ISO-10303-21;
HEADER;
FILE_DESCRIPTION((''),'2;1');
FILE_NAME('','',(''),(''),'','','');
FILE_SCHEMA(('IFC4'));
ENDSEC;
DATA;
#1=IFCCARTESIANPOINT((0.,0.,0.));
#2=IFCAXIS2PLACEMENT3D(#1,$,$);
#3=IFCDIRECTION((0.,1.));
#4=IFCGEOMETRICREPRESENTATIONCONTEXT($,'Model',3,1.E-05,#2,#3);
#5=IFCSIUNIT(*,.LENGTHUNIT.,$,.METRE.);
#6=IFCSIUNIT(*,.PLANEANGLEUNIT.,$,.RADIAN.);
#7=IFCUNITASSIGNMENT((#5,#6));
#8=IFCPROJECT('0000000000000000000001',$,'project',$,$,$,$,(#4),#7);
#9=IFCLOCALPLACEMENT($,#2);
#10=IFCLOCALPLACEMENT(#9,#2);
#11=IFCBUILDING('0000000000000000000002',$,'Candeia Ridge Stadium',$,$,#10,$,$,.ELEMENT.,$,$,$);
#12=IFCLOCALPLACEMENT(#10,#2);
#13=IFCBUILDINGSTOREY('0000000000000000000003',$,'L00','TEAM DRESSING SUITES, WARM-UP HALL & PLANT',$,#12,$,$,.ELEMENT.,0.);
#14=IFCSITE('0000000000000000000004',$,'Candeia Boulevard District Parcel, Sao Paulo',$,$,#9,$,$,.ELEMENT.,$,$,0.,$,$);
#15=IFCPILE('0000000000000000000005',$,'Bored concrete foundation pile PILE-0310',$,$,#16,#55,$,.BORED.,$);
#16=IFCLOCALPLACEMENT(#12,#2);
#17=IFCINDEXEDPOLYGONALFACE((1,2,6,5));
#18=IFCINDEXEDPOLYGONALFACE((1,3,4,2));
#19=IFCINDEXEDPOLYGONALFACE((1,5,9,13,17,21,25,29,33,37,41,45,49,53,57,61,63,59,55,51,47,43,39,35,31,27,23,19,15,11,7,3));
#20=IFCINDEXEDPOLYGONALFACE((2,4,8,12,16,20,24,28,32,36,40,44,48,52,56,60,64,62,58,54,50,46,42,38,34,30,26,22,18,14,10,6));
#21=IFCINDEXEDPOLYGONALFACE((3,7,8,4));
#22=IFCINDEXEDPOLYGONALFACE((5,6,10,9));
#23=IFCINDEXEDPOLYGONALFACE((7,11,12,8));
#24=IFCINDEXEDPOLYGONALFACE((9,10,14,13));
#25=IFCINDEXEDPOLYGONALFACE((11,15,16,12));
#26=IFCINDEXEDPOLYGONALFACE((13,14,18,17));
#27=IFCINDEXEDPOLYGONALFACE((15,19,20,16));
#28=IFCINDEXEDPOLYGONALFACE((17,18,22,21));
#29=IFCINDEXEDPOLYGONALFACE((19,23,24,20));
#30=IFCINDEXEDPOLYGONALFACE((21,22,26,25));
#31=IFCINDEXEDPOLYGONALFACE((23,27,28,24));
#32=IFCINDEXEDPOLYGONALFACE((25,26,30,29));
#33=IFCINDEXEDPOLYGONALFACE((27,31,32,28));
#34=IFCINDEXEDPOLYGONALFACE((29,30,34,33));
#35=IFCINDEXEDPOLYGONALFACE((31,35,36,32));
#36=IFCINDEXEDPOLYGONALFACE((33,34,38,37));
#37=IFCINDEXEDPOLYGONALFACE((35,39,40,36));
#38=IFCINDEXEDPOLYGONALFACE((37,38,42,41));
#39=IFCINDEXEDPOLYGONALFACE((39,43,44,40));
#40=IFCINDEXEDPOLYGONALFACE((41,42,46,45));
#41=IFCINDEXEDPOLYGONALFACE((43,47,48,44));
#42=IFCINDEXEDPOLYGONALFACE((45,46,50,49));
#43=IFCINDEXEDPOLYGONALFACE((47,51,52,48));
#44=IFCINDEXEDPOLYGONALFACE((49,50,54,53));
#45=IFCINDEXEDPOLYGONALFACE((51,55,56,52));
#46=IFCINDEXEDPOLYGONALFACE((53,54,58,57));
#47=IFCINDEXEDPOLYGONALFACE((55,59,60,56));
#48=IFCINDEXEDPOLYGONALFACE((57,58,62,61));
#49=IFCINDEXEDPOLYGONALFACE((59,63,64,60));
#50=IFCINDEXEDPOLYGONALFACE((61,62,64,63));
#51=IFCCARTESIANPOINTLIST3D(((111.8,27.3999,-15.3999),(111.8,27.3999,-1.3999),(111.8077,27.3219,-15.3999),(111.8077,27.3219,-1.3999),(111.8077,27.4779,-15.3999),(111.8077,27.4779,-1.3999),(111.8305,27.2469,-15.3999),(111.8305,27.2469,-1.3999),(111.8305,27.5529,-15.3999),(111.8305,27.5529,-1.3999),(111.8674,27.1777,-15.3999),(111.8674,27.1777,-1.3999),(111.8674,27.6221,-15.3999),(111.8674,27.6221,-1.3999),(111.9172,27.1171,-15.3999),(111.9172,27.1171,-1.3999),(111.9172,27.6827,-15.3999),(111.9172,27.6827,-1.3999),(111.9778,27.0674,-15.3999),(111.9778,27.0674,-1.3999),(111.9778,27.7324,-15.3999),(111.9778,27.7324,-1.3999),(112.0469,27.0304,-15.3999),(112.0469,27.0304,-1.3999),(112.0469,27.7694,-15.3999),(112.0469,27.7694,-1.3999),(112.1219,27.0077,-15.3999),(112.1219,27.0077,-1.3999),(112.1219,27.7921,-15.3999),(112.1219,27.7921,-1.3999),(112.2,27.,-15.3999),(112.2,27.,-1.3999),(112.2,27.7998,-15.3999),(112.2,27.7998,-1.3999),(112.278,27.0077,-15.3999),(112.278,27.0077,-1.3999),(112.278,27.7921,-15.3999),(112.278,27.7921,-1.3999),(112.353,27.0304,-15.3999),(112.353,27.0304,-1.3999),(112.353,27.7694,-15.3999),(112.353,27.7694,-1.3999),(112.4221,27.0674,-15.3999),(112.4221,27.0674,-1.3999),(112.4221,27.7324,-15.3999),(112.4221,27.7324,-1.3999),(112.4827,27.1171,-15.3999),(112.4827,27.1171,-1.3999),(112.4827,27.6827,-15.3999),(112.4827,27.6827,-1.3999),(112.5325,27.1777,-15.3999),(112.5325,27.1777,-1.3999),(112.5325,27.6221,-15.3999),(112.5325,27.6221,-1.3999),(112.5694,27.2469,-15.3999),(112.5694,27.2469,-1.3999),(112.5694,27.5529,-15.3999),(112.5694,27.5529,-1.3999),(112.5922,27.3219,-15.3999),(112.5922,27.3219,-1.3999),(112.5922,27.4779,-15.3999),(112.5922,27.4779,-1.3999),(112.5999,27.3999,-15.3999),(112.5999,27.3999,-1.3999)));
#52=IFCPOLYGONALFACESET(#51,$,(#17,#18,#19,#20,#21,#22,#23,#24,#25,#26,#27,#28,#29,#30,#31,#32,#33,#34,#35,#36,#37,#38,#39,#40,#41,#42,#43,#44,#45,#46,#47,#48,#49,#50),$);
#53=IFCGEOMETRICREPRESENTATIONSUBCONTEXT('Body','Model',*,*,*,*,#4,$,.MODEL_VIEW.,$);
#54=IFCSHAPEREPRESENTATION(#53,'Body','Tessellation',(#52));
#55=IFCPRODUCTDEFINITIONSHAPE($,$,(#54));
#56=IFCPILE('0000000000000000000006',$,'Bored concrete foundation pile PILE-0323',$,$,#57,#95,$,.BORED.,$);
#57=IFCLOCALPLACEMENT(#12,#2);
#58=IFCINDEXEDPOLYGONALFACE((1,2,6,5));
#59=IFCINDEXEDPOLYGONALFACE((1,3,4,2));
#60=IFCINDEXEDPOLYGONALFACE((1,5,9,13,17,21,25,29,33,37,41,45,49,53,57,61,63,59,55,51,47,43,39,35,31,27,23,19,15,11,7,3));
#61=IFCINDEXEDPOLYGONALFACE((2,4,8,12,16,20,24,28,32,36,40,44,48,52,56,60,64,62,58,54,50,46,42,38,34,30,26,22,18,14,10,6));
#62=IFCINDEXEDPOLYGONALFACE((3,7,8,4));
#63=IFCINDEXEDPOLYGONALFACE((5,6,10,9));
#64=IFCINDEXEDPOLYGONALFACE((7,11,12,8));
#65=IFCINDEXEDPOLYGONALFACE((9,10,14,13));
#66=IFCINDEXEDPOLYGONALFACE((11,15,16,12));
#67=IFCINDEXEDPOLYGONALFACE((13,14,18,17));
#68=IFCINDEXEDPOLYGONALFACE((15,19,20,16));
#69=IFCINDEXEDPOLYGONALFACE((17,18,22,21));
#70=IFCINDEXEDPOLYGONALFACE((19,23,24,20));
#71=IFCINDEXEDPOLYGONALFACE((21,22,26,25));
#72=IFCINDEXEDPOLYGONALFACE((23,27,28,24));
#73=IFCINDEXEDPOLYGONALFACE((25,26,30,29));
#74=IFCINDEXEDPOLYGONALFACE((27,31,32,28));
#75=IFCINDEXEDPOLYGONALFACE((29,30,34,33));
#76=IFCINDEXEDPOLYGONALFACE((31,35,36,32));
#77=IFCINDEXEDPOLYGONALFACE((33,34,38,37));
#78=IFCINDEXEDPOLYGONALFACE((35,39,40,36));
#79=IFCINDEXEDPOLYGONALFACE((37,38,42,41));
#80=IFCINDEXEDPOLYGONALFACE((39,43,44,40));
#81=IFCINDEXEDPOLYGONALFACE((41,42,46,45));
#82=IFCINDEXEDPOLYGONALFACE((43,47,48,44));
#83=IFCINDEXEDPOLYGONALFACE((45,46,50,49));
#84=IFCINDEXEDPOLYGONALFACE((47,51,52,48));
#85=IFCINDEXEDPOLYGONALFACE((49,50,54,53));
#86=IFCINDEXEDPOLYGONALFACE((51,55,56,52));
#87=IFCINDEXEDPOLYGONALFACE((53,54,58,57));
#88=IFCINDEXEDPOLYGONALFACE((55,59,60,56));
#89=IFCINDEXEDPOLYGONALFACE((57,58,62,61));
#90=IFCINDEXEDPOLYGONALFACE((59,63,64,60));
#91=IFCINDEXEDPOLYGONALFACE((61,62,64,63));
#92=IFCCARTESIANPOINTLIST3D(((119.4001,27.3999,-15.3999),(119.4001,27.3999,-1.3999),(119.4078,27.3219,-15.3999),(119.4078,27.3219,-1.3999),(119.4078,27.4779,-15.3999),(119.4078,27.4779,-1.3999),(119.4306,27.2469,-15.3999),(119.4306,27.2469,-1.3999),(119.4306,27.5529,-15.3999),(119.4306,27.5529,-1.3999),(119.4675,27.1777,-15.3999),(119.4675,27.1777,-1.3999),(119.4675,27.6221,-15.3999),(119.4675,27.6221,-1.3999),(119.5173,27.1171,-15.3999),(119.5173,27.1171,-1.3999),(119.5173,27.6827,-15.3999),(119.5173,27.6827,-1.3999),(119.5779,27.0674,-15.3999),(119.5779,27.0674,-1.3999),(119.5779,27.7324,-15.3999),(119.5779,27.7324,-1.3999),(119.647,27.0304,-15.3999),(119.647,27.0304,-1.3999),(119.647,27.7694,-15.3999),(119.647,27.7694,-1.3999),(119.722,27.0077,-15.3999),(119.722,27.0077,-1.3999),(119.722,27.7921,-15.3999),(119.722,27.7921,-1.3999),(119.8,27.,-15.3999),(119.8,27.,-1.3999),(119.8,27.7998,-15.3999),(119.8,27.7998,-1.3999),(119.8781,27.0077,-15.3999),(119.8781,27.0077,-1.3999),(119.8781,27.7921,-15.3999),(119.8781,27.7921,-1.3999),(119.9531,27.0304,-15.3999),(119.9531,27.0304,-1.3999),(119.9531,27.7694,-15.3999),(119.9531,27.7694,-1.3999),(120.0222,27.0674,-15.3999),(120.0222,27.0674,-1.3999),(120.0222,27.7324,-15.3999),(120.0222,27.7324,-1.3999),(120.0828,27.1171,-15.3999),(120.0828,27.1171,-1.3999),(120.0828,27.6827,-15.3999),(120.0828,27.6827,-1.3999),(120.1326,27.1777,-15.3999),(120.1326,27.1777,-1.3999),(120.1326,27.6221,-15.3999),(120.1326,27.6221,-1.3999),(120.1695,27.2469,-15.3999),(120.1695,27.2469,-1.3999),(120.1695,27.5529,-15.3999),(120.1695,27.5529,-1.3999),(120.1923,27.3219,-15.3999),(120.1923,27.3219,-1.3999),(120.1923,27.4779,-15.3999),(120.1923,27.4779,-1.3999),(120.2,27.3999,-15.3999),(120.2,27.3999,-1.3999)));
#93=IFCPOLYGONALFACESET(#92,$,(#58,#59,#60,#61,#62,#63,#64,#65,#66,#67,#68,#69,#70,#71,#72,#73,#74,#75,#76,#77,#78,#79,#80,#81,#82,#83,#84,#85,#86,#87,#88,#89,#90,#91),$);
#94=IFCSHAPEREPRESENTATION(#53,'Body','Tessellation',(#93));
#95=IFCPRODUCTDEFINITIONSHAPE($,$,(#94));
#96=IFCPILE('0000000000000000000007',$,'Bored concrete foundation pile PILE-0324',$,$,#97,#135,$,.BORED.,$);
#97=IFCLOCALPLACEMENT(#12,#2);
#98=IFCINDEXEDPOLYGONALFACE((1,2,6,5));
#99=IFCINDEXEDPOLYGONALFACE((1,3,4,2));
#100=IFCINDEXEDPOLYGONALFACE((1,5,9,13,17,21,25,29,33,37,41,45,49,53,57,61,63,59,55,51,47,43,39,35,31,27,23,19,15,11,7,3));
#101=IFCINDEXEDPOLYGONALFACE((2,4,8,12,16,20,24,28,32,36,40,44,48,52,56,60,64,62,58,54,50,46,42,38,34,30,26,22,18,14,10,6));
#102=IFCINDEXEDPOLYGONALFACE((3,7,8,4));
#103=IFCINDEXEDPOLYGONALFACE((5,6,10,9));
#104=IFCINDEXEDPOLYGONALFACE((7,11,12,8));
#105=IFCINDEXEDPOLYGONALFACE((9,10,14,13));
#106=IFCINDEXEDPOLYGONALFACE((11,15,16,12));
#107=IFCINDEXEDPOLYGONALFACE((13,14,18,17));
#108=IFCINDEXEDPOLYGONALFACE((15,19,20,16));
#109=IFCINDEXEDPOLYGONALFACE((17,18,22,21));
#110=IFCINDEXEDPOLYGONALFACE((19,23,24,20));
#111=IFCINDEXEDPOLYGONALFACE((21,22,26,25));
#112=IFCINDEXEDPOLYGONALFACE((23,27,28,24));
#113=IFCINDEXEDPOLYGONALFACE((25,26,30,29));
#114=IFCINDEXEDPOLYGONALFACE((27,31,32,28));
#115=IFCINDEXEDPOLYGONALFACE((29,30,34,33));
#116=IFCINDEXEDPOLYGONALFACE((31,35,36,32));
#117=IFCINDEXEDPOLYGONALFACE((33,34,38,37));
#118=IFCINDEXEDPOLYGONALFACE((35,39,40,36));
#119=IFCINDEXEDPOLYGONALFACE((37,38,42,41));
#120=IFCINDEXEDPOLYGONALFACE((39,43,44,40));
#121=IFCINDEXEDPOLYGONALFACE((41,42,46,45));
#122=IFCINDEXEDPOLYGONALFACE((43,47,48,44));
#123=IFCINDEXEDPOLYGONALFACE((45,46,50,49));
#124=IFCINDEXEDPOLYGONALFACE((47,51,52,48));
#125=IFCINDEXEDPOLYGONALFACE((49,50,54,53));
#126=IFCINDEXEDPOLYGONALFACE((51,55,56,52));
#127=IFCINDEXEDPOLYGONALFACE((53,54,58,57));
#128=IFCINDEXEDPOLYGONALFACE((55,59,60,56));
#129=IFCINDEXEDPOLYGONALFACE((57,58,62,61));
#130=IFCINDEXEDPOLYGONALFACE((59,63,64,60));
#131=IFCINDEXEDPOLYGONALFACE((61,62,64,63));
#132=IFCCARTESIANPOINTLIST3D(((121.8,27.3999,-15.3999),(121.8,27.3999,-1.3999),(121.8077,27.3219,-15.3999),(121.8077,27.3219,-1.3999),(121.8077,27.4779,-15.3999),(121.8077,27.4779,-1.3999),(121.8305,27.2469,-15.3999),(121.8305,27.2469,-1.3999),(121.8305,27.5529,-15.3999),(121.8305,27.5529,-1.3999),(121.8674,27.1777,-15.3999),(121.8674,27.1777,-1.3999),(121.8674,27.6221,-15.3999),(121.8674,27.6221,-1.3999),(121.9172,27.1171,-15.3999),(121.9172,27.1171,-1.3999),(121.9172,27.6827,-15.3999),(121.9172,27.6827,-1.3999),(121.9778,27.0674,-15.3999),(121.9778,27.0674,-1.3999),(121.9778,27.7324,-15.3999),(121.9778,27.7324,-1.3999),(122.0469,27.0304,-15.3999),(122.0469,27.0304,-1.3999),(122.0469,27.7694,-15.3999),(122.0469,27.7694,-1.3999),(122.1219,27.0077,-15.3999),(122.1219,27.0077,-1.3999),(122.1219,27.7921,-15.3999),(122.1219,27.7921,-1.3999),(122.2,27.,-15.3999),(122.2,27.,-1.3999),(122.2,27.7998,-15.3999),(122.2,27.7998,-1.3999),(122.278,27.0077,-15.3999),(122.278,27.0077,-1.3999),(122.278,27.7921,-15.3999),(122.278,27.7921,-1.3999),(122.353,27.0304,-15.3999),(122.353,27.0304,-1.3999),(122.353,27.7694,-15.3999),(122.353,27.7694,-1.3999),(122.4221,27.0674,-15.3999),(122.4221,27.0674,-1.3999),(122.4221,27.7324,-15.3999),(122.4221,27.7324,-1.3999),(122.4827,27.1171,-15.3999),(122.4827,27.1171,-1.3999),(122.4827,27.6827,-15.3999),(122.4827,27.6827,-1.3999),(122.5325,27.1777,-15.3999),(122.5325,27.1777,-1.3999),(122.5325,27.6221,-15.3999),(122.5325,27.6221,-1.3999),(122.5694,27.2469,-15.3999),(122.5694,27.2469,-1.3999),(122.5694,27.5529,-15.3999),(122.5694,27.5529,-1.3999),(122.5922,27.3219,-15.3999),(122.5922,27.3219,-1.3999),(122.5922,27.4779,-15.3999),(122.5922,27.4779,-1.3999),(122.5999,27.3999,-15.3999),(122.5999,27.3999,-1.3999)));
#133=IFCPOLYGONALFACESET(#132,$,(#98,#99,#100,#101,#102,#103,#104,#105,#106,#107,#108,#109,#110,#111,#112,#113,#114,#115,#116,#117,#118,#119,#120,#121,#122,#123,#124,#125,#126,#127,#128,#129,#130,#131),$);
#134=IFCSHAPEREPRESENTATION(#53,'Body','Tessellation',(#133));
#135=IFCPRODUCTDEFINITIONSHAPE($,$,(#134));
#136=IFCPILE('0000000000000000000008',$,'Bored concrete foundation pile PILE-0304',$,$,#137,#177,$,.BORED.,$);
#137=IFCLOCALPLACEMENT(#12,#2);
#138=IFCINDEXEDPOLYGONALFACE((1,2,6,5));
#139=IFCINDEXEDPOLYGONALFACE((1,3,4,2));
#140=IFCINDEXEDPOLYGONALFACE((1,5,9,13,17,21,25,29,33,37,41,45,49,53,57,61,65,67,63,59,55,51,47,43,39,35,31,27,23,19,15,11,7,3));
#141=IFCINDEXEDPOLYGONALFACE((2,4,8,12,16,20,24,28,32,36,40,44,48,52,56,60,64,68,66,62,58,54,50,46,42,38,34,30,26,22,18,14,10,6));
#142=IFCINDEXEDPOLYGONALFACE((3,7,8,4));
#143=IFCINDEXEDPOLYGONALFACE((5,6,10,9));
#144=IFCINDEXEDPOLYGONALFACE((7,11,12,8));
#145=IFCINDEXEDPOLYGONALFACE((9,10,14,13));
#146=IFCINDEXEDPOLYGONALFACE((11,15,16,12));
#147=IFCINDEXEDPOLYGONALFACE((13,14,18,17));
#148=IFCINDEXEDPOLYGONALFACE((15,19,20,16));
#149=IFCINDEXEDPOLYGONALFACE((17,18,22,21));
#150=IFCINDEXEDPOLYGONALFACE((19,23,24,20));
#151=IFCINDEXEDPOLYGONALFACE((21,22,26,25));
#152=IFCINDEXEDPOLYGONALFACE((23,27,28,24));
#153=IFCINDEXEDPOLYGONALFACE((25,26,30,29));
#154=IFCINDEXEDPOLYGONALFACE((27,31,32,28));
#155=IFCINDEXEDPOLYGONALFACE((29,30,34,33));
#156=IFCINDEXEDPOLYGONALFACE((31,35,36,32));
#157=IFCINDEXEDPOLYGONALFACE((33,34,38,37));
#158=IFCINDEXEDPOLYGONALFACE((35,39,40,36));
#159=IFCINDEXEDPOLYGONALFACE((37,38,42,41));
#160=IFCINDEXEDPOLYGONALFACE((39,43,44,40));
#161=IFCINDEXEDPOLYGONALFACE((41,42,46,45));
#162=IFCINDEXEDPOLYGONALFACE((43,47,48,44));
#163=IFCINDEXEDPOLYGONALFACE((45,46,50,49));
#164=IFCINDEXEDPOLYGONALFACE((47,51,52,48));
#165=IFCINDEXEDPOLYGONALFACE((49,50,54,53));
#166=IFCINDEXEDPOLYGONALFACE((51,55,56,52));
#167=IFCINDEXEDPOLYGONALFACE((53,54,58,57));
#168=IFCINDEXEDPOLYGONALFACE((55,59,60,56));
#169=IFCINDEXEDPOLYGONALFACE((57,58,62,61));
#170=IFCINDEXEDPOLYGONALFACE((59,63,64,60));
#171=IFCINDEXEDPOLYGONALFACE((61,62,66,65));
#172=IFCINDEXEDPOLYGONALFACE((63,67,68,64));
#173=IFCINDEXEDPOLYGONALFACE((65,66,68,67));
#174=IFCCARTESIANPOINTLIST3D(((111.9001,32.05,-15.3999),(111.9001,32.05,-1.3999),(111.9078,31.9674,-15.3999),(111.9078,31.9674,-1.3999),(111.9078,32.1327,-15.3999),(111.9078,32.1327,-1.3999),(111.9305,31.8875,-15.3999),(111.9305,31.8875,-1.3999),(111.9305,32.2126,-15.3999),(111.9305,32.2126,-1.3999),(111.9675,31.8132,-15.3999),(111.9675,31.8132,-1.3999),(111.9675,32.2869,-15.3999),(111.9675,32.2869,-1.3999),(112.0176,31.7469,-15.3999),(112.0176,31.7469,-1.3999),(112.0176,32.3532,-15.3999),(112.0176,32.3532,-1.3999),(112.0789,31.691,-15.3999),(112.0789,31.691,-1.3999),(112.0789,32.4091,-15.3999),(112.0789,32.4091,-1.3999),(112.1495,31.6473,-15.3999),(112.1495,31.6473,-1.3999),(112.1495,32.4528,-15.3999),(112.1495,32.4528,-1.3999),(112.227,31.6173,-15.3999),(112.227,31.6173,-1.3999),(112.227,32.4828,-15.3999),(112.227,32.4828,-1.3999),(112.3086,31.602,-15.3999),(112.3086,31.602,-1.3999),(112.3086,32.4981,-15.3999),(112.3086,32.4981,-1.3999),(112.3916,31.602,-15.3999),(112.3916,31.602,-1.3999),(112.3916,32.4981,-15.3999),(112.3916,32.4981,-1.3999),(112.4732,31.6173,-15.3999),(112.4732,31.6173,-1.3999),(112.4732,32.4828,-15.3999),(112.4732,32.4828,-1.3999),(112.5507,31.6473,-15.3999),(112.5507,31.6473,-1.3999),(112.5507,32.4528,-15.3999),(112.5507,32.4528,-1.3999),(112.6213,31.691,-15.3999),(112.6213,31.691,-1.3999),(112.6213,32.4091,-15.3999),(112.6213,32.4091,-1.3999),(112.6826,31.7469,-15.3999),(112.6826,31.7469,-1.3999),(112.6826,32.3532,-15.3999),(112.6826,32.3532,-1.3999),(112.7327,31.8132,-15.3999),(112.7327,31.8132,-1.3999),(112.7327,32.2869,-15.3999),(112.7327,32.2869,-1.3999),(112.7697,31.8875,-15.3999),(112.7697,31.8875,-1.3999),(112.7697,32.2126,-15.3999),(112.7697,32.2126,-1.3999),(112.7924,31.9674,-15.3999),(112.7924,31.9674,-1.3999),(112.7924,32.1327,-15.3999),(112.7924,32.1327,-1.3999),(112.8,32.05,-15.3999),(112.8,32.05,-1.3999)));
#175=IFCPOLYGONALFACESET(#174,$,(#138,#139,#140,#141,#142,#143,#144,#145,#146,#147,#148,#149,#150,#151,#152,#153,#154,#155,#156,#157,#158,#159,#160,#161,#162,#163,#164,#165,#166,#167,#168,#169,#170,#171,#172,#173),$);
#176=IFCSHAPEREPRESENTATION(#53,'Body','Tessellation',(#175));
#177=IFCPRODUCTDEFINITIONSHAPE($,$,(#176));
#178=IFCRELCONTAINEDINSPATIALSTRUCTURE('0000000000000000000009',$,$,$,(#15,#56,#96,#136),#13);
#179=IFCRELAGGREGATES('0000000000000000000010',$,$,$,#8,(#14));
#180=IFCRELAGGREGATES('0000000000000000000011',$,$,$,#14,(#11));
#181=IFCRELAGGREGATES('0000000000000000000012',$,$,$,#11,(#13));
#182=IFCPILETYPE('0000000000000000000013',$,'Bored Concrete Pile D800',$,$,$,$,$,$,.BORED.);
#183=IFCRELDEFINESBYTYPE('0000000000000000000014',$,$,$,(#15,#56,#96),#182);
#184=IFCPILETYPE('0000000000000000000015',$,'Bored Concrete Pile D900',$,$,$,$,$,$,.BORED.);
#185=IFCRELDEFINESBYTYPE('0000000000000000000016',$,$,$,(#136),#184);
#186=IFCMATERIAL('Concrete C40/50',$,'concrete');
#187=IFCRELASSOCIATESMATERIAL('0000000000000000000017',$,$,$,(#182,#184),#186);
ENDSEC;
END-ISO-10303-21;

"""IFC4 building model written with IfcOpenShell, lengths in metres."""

from ifc_helpers import new_model, si_unit, direction, frame, origin, origin_2d, place, context, subcontext, project, spatial, circle, extrude, material, material_profile, profile_set, type_object, element, save


model = new_model("IFC4")

# Units and contexts
model_context = context("Model", 3, precision=1e-05, world=origin(), true_north=direction((0.0, 1.0)))
body_context = subcontext(model_context, "Body", "Model", "MODEL_VIEW")
ifc_project = project(units=[si_unit("LENGTHUNIT", "METRE"), si_unit("PLANEANGLEUNIT", "RADIAN")], contexts=[model_context])

# Site, building, storey
site_placement = place(None, origin())
site = spatial("IfcSite", under=ifc_project, at=site_placement, Name="Candeia Boulevard District Parcel, Sao Paulo", CompositionType="ELEMENT", RefElevation=0.0)
building_placement = place(site_placement, origin())
building = spatial("IfcBuilding", under=site, at=building_placement, Name="Candeia Ridge Stadium", CompositionType="ELEMENT")
storey_placement = place(building_placement, origin())
storey = spatial("IfcBuildingStorey", under=building, at=storey_placement, Name="L00", Description="TEAM DRESSING SUITES, WARM-UP HALL & PLANT", CompositionType="ELEMENT", Elevation=0.0)

# Piles
ifc_material_1 = material(Name="Concrete C40/50", Category="concrete")
ifc_material_profile_1 = material_profile(ifc_material_1, circle(Radius=0.3999, at=origin_2d()), Name="PILE-D800", Category="concrete")
ifc_profile_set_1 = profile_set([ifc_material_profile_1], Name="Concrete C40/50")
pile_type_1 = type_object("IfcPileType", Name="Bored Concrete Pile D800", PredefinedType="BORED", material=ifc_profile_set_1)
for number, where, z_axis, x_axis, name in (
    (1, (112.2, 27.3999, -1.3999), (0.0, 0.0, -1.0), (1.0, 0.0, 0.0), "Bored concrete foundation pile PILE-0310"),
    (2, (119.8, 27.3999, -1.3999), (0.0, 0.0, -1.0), (1.0, 0.0, 0.0), "Bored concrete foundation pile PILE-0323"),
    (3, (122.2, 27.3999, -1.3999), (0.0, 0.0, -1.0), (1.0, 0.0, 0.0), "Bored concrete foundation pile PILE-0324"),
):
    element("IfcPile", number, at=place(storey_placement, frame(where, z_axis=z_axis, x_axis=x_axis)), inside=storey, type_object=pile_type_1, Name=name, PredefinedType="BORED", context=body_context, shape_type="SweptSolid", body=[
        extrude(circle(Radius=0.3999, at=origin_2d()), origin(), (0.0, 0.0, 1.0), 14.0),
    ])
ifc_material_profile_2 = material_profile(ifc_material_1, circle(Radius=0.45, at=origin_2d()), Name="PILE-D900", Category="concrete")
ifc_profile_set_2 = profile_set([ifc_material_profile_2], Name="Concrete C40/50")
pile_type_2 = type_object("IfcPileType", Name="Bored Concrete Pile D900", PredefinedType="BORED", material=ifc_profile_set_2)
for number, where, z_axis, x_axis, name in (
    (4, (112.3501, 32.05, -1.3999), (0.0, 0.0, -1.0), (1.0, 0.0, 0.0), "Bored concrete foundation pile PILE-0304"),
):
    element("IfcPile", number, at=place(storey_placement, frame(where, z_axis=z_axis, x_axis=x_axis)), inside=storey, type_object=pile_type_2, Name=name, PredefinedType="BORED", context=body_context, shape_type="SweptSolid", body=[
        extrude(circle(Radius=0.45, at=origin_2d()), origin(), (0.0, 0.0, 1.0), 14.0),
    ])

save(model, "model.ifc")
